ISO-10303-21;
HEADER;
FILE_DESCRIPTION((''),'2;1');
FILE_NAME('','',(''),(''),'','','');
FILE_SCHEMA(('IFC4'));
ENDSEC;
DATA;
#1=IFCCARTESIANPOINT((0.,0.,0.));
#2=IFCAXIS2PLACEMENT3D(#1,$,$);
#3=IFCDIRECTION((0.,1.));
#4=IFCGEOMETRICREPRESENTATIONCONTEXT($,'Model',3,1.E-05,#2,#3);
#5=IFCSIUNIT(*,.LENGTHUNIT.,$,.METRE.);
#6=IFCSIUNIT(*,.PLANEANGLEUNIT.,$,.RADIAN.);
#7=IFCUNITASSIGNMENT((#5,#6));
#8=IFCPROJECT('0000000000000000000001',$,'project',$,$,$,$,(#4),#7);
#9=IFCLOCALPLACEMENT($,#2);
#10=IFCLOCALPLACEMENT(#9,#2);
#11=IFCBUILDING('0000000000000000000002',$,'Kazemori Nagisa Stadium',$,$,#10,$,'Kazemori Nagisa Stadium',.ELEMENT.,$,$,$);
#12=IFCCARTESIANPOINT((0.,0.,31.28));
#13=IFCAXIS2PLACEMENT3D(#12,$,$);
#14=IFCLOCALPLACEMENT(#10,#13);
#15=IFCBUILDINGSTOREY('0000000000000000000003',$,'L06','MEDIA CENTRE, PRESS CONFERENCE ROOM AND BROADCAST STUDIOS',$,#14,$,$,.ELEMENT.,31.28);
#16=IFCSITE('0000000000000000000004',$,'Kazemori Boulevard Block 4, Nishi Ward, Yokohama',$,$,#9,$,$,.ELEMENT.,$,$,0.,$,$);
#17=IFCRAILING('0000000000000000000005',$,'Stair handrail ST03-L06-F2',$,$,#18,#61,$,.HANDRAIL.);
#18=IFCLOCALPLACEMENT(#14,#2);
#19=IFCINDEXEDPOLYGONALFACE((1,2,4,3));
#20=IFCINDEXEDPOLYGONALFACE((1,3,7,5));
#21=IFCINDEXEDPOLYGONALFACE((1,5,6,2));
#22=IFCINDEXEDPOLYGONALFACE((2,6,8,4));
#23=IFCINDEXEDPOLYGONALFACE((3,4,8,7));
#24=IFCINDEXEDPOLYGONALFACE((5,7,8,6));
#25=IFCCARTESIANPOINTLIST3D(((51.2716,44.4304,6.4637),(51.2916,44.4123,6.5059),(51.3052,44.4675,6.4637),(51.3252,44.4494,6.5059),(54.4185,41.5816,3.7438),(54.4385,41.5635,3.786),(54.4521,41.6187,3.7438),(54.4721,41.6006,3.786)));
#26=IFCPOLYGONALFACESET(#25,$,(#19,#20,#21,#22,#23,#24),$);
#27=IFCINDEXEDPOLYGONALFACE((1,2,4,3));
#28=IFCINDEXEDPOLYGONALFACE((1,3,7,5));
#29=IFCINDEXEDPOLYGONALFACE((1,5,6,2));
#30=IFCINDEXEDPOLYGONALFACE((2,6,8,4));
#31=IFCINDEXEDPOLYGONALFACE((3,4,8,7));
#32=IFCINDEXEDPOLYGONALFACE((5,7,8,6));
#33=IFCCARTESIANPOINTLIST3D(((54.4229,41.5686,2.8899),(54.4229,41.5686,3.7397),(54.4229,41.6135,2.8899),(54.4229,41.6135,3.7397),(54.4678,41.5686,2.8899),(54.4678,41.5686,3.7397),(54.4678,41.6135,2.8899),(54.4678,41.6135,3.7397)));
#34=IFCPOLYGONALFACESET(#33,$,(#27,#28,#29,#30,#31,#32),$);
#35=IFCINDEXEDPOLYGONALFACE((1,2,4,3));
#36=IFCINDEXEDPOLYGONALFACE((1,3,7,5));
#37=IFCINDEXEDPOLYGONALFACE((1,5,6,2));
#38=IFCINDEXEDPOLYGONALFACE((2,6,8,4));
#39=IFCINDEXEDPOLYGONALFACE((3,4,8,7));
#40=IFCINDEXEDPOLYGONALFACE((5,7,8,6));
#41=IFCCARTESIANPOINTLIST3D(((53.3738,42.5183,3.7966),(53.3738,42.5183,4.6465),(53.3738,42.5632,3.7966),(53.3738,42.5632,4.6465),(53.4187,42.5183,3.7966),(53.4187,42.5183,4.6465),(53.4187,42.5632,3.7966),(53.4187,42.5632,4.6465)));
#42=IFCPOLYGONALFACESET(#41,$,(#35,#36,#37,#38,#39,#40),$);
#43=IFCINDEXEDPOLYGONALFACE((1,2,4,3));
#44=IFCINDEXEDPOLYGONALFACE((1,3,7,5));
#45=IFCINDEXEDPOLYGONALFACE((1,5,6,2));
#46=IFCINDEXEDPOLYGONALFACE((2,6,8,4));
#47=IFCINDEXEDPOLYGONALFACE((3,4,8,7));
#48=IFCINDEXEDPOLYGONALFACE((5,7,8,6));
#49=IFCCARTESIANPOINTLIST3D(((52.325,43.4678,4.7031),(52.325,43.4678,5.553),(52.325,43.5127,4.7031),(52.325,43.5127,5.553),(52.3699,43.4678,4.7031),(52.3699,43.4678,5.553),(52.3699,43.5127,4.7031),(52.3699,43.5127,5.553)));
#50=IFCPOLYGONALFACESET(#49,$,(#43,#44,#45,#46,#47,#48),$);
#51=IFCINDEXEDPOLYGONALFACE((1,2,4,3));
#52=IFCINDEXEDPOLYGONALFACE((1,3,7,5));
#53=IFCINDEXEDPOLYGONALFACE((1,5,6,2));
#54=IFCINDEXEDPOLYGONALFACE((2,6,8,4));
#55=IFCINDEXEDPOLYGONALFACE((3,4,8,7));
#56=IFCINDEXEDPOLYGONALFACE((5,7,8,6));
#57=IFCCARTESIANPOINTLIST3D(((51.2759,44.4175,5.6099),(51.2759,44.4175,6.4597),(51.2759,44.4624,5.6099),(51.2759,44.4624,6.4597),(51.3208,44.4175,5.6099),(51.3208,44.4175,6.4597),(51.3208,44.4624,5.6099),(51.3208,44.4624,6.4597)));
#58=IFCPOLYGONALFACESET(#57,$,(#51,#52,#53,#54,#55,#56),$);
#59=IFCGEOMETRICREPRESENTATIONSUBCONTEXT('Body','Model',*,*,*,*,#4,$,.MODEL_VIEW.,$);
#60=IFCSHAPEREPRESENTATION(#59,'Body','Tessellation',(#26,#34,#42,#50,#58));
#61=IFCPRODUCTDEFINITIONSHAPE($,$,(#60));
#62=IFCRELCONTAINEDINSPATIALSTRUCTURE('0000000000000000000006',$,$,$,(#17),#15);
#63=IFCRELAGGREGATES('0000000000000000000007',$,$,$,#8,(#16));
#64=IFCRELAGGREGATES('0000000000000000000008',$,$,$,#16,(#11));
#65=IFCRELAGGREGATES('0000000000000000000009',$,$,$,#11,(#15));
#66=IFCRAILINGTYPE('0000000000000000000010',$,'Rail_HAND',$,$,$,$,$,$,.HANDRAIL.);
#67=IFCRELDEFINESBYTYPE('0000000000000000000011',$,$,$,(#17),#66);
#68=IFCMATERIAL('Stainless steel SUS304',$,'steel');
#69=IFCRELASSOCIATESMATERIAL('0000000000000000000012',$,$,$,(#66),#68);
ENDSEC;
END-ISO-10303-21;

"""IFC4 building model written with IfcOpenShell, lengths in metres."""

from ifc_helpers import new_model, si_unit, direction, frame, origin, origin_2d, place, context, subcontext, project, spatial, rectangle, extrude, material, type_object, element, save


model = new_model("IFC4")

# Units and contexts
model_context = context("Model", 3, precision=1e-05, world=origin(), true_north=direction((0.0, 1.0)))
body_context = subcontext(model_context, "Body", "Model", "MODEL_VIEW")
ifc_project = project(units=[si_unit("LENGTHUNIT", "METRE"), si_unit("PLANEANGLEUNIT", "RADIAN")], contexts=[model_context])

# Site, building, storey
site_placement = place(None, origin())
site = spatial("IfcSite", under=ifc_project, at=site_placement, Name="Kazemori Boulevard Block 4, Nishi Ward, Yokohama", CompositionType="ELEMENT", RefElevation=0.0)
building_placement = place(site_placement, origin())
building = spatial("IfcBuilding", under=site, at=building_placement, Name="Kazemori Nagisa Stadium", LongName="Kazemori Nagisa Stadium", CompositionType="ELEMENT")
storey_placement = place(building_placement, frame((0.0, 0.0, 31.28)))
storey = spatial("IfcBuildingStorey", under=building, at=storey_placement, Name="L06", Description="MEDIA CENTRE, PRESS CONFERENCE ROOM AND BROADCAST STUDIOS", CompositionType="ELEMENT", Elevation=31.28)

# Shared definitions
ifc_material_1 = material(Name="Stainless steel SUS304", Category="steel")

# Railing
railing_type_1 = type_object("IfcRailingType", Name="Rail_HAND", PredefinedType="HANDRAIL", material=ifc_material_1)
railing_1_placement = place(storey_placement, frame((54.4453, 41.5911, 2.8899)))
element("IfcRailing", 1, at=railing_1_placement, inside=storey, type_object=railing_type_1, Name="Stair handrail ST03-L06-F2", PredefinedType="HANDRAIL", context=body_context, shape_type="SweptSolid", body=[
    extrude(rectangle(XDim=0.05, YDim=0.05, at=origin_2d()), frame((0.0, 0.0, 0.875), z_axis=(-0.624201, 0.565073, 0.539505), x_axis=(-0.671123, -0.741346, 0.0)), (0.0, 0.0, 1.0), 5.0415),
    extrude(rectangle(XDim=0.0449, YDim=0.0449, at=origin_2d()), origin(), (0.0, 0.0, 1.0), 0.8499),
    extrude(rectangle(XDim=0.0449, YDim=0.0449, at=origin_2d()), frame((-1.0491, 0.9497, 0.9067)), (0.0, 0.0, 1.0), 0.8499),
    extrude(rectangle(XDim=0.0449, YDim=0.0449, at=origin_2d()), frame((-2.0979, 1.8992, 1.8132)), (0.0, 0.0, 1.0), 0.8499),
    extrude(rectangle(XDim=0.0449, YDim=0.0449, at=origin_2d()), frame((-3.147, 2.8489, 2.72)), (0.0, 0.0, 1.0), 0.8499),
])

save(model, "model.ifc")
